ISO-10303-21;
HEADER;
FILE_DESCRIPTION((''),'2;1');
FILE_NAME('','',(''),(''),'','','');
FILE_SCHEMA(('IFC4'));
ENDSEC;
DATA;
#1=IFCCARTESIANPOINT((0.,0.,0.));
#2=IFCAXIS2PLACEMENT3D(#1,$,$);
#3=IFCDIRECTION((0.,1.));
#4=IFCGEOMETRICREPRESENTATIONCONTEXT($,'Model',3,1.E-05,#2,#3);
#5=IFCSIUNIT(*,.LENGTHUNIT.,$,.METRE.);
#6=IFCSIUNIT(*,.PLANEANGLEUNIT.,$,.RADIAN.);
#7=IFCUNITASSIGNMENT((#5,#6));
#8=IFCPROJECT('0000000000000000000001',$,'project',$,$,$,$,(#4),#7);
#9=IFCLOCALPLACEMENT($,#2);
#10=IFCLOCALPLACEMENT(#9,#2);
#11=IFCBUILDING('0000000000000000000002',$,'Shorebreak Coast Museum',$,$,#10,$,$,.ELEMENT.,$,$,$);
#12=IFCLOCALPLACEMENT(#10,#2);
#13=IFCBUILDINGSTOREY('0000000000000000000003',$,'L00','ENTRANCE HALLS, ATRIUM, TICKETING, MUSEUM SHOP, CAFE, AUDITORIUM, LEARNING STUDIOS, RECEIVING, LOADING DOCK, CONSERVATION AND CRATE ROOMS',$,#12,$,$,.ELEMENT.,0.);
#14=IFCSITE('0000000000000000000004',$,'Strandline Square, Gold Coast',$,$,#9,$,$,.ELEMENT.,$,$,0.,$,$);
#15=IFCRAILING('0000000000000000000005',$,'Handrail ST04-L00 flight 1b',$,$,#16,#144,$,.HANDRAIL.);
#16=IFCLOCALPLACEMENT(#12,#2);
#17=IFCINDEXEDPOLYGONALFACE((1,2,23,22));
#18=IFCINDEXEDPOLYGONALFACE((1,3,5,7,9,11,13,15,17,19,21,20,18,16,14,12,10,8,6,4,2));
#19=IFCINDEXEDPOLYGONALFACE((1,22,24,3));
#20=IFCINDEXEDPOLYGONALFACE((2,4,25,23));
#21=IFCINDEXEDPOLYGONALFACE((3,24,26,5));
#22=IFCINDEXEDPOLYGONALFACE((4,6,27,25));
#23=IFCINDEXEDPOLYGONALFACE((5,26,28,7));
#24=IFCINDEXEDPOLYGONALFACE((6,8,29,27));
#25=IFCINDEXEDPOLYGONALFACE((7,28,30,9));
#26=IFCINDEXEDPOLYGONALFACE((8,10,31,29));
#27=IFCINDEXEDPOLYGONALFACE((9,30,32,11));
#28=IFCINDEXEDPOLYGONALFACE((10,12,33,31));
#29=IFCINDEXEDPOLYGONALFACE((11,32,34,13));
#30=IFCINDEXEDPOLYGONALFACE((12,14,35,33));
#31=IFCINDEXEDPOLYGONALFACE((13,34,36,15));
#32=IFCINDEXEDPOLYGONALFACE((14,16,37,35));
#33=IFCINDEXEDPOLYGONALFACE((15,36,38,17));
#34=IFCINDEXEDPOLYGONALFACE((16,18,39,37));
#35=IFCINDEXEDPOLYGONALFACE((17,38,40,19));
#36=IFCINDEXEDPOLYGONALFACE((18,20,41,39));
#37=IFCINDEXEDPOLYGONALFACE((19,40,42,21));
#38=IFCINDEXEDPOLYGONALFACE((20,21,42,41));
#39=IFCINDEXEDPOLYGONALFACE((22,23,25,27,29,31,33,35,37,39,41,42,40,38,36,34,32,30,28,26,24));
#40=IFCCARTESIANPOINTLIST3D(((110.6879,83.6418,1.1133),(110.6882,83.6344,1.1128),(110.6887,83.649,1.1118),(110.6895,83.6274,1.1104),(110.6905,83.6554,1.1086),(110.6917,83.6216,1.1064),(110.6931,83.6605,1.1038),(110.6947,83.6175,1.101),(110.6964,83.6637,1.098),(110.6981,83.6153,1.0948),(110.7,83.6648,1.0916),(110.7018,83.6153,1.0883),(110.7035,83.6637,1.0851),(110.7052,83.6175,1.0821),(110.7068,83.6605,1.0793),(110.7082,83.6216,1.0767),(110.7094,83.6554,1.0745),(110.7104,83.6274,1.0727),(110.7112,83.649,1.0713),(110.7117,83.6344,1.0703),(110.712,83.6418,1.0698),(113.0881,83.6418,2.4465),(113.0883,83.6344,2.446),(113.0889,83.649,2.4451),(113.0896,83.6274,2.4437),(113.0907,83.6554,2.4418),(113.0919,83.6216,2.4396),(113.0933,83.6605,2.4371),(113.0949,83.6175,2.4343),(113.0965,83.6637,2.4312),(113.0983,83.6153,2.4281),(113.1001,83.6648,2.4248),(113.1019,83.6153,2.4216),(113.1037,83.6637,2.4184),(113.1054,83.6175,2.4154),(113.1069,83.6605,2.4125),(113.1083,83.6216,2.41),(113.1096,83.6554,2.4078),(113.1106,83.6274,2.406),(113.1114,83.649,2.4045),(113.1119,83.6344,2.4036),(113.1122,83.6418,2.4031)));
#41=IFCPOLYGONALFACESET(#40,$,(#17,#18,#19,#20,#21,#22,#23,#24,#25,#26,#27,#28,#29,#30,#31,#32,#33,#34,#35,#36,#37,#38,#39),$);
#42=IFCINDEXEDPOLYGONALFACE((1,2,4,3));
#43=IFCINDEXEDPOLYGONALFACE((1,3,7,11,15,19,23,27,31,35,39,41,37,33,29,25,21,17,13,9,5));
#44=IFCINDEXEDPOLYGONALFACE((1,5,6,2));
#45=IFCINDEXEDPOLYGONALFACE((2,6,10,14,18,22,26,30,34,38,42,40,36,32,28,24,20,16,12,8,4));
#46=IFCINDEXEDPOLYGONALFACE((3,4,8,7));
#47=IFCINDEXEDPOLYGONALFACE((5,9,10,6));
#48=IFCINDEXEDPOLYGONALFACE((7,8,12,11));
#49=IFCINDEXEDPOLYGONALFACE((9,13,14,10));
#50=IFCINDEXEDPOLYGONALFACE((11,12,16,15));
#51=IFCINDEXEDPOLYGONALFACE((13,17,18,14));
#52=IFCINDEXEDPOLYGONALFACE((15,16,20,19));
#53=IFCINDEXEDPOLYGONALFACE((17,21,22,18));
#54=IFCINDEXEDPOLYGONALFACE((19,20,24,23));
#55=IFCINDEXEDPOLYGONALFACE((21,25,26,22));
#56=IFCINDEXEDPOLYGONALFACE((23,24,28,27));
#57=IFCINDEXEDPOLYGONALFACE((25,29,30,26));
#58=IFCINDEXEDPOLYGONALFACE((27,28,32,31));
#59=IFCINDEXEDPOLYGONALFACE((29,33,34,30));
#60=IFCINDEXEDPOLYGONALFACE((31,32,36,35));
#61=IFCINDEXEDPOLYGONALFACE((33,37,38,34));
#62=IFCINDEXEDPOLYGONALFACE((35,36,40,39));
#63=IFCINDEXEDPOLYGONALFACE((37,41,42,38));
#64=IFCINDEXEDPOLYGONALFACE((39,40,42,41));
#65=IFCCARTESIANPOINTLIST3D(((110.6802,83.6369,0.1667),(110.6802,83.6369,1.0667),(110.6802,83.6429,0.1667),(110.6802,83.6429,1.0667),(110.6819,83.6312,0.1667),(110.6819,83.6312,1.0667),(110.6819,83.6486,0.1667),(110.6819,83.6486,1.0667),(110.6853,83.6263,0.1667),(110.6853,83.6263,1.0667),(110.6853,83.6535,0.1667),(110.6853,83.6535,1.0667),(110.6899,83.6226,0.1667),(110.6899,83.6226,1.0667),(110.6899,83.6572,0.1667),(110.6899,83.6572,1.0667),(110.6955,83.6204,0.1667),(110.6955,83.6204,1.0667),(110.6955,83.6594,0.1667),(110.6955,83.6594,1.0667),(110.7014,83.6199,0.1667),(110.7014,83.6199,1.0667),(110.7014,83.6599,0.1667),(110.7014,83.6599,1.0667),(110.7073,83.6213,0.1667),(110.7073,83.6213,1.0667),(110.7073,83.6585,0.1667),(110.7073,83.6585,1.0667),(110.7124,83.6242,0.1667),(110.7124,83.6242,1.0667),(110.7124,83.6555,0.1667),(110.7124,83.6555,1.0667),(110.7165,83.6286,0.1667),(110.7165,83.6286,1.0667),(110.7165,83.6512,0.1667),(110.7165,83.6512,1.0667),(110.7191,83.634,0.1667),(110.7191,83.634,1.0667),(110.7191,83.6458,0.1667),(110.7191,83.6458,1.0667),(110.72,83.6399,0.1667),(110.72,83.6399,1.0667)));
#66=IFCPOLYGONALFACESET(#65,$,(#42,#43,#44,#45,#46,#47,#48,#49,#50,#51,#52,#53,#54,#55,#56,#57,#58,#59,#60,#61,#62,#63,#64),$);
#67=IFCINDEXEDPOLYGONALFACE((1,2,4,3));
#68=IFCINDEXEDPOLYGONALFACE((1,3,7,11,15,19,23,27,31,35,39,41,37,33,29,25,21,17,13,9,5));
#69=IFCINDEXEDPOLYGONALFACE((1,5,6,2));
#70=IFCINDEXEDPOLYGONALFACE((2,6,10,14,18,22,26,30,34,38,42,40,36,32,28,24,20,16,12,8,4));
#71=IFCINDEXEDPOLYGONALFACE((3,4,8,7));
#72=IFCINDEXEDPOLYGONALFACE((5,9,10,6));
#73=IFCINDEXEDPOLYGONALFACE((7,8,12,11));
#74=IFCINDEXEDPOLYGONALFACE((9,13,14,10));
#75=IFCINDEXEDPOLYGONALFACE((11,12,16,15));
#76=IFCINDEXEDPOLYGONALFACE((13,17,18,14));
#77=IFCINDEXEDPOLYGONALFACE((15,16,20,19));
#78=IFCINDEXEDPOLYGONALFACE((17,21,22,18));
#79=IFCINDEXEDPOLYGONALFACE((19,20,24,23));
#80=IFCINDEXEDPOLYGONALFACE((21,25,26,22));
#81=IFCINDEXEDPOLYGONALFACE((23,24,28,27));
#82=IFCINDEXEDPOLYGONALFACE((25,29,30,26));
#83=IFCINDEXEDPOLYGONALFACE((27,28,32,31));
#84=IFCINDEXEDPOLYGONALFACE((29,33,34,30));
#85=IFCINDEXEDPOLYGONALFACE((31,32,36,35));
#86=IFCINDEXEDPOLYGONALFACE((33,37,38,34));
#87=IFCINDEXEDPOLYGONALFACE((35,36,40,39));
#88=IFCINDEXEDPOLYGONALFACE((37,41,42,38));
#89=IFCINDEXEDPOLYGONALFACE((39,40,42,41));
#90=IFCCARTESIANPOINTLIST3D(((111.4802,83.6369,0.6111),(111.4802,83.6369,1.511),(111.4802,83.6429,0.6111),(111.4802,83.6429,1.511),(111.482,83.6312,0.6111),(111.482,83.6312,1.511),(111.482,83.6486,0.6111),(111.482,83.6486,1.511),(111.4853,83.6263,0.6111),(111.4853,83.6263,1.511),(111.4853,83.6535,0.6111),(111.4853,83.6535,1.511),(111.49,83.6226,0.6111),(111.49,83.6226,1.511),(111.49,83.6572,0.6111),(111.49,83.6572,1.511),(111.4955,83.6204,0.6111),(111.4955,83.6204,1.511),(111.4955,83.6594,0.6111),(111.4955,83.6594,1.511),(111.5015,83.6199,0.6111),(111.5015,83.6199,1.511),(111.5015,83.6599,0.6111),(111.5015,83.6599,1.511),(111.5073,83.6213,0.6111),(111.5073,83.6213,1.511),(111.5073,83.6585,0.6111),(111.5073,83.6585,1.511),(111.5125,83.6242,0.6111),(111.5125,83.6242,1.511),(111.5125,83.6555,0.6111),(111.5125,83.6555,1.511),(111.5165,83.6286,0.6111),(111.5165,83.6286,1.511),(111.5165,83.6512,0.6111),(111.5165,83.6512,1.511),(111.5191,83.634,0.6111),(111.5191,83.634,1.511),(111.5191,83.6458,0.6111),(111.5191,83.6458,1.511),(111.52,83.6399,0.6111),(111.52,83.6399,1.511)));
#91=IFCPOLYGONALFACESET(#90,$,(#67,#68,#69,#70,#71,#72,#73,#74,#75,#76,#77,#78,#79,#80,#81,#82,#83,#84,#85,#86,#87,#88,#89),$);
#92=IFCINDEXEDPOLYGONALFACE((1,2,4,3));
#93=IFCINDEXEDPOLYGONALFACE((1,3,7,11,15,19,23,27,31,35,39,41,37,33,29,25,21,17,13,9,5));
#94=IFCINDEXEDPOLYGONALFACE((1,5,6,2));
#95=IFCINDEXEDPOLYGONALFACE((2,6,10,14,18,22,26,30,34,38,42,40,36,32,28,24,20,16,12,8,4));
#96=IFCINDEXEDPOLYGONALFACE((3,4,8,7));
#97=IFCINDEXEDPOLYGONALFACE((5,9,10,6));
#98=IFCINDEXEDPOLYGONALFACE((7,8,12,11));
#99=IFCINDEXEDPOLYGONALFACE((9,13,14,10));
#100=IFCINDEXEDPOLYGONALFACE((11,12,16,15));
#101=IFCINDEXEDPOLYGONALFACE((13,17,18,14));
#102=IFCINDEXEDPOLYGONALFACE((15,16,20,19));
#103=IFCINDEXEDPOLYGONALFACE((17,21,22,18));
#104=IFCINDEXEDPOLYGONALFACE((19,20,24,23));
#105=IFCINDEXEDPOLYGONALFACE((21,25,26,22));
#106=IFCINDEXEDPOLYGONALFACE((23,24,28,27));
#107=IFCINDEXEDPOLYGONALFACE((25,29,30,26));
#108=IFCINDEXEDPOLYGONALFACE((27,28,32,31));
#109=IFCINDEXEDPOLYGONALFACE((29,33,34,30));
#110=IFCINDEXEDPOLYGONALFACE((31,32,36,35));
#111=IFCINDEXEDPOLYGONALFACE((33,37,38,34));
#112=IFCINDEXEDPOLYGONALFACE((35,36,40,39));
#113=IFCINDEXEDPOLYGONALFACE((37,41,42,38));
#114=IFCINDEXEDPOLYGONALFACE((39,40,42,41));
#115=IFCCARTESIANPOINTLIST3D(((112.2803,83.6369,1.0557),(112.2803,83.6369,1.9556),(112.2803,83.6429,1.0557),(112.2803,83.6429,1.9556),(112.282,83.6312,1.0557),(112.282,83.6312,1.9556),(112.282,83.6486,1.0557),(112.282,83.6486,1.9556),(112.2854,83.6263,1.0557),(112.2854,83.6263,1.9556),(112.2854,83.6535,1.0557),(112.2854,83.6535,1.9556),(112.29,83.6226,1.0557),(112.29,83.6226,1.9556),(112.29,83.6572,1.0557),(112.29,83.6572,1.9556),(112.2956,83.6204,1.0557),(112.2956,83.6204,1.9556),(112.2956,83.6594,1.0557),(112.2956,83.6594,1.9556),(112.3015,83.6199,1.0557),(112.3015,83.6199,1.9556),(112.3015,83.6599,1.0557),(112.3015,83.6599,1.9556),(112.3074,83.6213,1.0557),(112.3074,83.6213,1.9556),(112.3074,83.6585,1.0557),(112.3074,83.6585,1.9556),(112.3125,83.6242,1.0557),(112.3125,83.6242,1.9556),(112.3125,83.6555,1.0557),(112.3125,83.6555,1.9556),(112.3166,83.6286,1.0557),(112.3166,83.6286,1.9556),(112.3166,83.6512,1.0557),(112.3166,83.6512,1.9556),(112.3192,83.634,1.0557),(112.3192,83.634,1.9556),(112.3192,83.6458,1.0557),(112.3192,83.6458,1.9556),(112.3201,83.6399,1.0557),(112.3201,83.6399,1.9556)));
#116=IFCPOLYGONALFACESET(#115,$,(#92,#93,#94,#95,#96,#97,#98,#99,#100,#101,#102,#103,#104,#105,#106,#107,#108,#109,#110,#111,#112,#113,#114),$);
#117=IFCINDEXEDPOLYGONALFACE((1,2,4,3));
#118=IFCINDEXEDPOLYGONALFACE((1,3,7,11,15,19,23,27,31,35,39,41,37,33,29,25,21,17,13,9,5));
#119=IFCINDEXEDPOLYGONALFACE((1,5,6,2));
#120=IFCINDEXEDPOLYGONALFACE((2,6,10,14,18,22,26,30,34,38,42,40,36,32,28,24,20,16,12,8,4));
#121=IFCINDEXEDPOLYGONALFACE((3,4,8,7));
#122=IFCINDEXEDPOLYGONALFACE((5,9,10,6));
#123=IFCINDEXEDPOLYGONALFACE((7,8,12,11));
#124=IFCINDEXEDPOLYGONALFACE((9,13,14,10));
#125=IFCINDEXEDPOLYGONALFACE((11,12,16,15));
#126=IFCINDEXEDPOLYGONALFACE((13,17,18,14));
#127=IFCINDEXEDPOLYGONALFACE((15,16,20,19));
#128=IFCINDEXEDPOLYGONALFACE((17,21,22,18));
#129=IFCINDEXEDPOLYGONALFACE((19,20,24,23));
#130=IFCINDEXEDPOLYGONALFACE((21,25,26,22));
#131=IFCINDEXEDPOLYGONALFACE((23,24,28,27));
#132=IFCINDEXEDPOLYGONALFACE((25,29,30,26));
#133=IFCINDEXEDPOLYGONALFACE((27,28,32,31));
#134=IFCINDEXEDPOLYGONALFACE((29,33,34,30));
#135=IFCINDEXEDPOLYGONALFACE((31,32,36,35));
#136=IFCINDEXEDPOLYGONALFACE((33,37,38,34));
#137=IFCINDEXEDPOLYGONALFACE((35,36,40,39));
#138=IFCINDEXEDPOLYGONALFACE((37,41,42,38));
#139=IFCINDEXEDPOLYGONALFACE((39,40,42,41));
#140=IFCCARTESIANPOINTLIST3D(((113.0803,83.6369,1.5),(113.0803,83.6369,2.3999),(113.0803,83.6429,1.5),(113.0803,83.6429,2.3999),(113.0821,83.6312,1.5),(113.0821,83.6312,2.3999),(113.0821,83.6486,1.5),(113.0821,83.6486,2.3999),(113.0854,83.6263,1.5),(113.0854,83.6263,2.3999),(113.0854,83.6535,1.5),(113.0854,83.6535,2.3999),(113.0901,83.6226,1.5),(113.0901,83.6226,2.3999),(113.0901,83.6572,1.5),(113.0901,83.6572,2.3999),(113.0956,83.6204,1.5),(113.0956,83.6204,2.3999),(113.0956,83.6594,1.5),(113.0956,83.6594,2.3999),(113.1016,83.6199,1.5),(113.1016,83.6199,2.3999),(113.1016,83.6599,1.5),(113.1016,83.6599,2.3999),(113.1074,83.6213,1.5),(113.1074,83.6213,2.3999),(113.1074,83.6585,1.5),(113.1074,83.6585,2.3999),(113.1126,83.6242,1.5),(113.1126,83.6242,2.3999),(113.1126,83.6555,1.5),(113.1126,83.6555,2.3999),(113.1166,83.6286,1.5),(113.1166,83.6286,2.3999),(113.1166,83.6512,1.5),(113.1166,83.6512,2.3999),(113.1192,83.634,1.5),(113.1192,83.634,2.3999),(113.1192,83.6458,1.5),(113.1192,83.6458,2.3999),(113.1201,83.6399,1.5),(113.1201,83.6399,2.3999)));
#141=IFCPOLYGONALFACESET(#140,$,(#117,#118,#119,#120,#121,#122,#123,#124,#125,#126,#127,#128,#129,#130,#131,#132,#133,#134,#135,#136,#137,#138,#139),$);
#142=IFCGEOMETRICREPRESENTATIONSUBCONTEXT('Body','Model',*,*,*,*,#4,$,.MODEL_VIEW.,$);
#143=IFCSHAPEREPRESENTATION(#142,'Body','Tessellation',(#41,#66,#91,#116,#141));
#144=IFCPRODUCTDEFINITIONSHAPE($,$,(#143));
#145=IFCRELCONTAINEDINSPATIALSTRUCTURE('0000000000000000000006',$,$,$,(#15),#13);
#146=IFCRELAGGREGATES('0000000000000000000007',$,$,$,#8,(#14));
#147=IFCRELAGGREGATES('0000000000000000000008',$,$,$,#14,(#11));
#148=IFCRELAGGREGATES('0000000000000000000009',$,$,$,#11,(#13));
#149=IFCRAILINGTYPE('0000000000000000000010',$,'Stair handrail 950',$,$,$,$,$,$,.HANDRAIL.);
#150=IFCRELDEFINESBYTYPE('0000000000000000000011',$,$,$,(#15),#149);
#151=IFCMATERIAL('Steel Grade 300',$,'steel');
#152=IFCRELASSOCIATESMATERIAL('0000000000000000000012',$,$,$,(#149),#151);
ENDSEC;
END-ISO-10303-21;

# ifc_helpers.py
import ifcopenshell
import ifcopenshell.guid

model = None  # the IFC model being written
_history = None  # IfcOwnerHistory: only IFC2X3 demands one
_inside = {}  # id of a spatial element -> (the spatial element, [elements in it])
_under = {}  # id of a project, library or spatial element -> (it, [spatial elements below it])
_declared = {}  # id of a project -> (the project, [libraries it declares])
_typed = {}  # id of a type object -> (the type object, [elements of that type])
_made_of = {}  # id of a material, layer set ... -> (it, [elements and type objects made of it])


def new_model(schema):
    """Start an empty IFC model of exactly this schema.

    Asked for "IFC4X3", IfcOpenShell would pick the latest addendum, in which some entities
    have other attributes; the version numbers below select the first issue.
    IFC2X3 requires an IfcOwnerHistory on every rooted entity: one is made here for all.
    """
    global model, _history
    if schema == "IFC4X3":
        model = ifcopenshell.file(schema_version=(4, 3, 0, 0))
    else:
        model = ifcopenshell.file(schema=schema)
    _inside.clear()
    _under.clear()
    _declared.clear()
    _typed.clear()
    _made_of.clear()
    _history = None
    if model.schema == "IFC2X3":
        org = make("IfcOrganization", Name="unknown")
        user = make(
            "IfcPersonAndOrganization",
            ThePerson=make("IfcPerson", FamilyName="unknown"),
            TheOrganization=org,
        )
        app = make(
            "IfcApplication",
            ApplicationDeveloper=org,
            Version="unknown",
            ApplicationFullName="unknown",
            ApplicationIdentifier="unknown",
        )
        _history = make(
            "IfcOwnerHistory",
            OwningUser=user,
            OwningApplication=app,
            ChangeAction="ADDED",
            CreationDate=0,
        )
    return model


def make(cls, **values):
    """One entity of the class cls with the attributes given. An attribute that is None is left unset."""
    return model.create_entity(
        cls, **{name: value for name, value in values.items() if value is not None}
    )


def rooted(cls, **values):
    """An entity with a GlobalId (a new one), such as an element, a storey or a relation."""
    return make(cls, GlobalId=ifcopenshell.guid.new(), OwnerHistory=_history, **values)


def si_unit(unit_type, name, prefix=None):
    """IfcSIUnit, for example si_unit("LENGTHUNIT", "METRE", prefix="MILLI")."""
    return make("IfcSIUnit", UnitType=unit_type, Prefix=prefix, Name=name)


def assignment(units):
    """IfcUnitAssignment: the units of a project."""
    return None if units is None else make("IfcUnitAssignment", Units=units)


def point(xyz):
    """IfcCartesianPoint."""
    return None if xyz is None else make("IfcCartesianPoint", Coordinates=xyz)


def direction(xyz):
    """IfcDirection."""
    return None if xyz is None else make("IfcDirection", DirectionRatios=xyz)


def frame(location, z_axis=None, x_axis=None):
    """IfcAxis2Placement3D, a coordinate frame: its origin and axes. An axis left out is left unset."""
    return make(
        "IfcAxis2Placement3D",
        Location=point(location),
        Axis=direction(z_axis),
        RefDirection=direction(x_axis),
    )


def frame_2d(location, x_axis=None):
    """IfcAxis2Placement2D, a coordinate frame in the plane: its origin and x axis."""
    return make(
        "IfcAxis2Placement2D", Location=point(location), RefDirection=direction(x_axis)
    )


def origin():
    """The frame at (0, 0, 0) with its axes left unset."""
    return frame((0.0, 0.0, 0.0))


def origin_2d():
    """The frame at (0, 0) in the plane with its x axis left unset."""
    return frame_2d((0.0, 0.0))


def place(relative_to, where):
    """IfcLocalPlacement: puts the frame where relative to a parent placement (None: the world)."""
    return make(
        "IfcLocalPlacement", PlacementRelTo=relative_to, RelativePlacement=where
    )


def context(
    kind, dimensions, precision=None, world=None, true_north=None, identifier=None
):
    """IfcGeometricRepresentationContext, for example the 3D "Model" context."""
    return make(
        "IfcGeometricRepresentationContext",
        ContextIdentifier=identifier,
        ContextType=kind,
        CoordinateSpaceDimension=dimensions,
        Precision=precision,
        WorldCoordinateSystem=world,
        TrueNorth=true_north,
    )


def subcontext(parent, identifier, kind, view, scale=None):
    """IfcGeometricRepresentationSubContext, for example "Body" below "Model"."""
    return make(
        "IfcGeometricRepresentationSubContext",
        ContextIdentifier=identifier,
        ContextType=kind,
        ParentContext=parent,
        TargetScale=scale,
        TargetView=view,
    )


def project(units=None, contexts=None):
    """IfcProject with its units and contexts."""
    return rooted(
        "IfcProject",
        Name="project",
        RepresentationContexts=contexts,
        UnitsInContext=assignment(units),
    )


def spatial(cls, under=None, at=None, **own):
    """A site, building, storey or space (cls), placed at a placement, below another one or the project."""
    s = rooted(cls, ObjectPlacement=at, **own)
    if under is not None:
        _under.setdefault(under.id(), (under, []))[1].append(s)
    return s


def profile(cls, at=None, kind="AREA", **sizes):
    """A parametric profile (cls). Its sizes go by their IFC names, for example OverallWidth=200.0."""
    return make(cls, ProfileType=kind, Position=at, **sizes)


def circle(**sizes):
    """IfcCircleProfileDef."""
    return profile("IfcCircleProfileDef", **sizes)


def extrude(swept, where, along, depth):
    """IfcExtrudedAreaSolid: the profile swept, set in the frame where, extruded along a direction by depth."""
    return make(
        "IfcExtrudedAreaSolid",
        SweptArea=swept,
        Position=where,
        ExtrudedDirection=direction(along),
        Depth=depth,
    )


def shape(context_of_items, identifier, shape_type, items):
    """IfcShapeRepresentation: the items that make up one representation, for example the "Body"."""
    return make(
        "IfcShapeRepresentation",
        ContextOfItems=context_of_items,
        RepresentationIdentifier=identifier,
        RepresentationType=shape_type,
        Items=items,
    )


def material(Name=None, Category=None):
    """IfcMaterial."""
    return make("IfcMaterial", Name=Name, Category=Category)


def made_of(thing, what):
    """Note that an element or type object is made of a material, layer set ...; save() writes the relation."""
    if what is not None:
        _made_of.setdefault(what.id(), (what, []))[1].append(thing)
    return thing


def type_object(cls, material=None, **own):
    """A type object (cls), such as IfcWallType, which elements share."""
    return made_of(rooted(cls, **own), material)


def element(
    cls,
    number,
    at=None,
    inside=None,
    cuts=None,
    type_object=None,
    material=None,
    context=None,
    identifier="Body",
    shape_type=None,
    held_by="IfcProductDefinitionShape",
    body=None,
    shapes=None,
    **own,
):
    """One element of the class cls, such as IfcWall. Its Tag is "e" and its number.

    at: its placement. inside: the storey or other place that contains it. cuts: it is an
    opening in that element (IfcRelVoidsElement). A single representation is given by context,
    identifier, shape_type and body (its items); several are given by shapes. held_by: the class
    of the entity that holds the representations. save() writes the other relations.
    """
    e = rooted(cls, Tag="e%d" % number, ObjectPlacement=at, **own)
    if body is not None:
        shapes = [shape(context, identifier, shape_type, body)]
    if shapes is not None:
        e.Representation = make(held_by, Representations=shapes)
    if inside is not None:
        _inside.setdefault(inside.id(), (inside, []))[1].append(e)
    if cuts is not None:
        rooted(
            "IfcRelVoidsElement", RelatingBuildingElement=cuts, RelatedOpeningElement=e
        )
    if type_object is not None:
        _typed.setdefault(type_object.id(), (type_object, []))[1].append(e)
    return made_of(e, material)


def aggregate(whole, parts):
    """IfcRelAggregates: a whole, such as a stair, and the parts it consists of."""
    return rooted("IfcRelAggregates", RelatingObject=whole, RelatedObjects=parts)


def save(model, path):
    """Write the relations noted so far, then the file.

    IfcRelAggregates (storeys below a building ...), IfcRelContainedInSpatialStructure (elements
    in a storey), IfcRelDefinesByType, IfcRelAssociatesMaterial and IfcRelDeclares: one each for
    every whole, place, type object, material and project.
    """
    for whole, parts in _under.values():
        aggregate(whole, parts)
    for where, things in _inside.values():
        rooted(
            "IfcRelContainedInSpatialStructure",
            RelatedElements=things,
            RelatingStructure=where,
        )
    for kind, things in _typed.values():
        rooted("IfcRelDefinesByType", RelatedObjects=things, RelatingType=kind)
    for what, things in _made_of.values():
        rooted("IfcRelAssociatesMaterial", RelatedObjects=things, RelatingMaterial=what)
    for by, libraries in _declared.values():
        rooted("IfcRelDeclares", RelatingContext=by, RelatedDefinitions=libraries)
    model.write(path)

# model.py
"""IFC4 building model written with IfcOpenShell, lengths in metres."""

from ifc_helpers import new_model, si_unit, direction, frame, origin, origin_2d, place, context, subcontext, project, spatial, circle, extrude, material, type_object, element, save


model = new_model("IFC4")

# Units and contexts
model_context = context("Model", 3, precision=1e-05, world=origin(), true_north=direction((0.0, 1.0)))
body_context = subcontext(model_context, "Body", "Model", "MODEL_VIEW")
ifc_project = project(units=[si_unit("LENGTHUNIT", "METRE"), si_unit("PLANEANGLEUNIT", "RADIAN")], contexts=[model_context])

# Site, building, storey
site_placement = place(None, origin())
site = spatial("IfcSite", under=ifc_project, at=site_placement, Name="Strandline Square, Gold Coast", CompositionType="ELEMENT", RefElevation=0.0)
building_placement = place(site_placement, origin())
building = spatial("IfcBuilding", under=site, at=building_placement, Name="Shorebreak Coast Museum", CompositionType="ELEMENT")
storey_placement = place(building_placement, origin())
storey = spatial("IfcBuildingStorey", under=building, at=storey_placement, Name="L00", Description="ENTRANCE HALLS, ATRIUM, TICKETING, MUSEUM SHOP, CAFE, AUDITORIUM, LEARNING STUDIOS, RECEIVING, LOADING DOCK, CONSERVATION AND CRATE ROOMS", CompositionType="ELEMENT", Elevation=0.0)

# Railing
ifc_material_1 = material(Name="Steel Grade 300", Category="steel")
railing_type_1 = type_object("IfcRailingType", Name="Stair handrail 950", PredefinedType="HANDRAIL", material=ifc_material_1)
for number, where, name in (
    (1, (110.7, 83.6399, 0.1667), "Handrail ST04-L00 flight 1b"),
):
    element("IfcRailing", number, at=place(storey_placement, frame(where)), inside=storey, type_object=railing_type_1, Name=name, PredefinedType="HANDRAIL", context=body_context, shape_type="SweptSolid", body=[
        extrude(circle(Radius=0.0249, at=origin_2d()), frame((0.0, 0.0, 0.9248), z_axis=(0.874182, 0.0, 0.485598), x_axis=(0.0, 1.0, 0.0)), (0.0, 0.0, 1.0), 2.7456),
        extrude(circle(Radius=0.02, at=origin_2d()), origin(), (0.0, 0.0, 1.0), 0.8999),
        extrude(circle(Radius=0.02, at=origin_2d()), frame((0.8, 0.0, 0.4443)), (0.0, 0.0, 1.0), 0.8999),
        extrude(circle(Radius=0.02, at=origin_2d()), frame((1.6001, 0.0, 0.8889)), (0.0, 0.0, 1.0), 0.8999),
        extrude(circle(Radius=0.02, at=origin_2d()), frame((2.4001, 0.0, 1.3333)), (0.0, 0.0, 1.0), 0.8999),
    ])

save(model, "model.ifc")
